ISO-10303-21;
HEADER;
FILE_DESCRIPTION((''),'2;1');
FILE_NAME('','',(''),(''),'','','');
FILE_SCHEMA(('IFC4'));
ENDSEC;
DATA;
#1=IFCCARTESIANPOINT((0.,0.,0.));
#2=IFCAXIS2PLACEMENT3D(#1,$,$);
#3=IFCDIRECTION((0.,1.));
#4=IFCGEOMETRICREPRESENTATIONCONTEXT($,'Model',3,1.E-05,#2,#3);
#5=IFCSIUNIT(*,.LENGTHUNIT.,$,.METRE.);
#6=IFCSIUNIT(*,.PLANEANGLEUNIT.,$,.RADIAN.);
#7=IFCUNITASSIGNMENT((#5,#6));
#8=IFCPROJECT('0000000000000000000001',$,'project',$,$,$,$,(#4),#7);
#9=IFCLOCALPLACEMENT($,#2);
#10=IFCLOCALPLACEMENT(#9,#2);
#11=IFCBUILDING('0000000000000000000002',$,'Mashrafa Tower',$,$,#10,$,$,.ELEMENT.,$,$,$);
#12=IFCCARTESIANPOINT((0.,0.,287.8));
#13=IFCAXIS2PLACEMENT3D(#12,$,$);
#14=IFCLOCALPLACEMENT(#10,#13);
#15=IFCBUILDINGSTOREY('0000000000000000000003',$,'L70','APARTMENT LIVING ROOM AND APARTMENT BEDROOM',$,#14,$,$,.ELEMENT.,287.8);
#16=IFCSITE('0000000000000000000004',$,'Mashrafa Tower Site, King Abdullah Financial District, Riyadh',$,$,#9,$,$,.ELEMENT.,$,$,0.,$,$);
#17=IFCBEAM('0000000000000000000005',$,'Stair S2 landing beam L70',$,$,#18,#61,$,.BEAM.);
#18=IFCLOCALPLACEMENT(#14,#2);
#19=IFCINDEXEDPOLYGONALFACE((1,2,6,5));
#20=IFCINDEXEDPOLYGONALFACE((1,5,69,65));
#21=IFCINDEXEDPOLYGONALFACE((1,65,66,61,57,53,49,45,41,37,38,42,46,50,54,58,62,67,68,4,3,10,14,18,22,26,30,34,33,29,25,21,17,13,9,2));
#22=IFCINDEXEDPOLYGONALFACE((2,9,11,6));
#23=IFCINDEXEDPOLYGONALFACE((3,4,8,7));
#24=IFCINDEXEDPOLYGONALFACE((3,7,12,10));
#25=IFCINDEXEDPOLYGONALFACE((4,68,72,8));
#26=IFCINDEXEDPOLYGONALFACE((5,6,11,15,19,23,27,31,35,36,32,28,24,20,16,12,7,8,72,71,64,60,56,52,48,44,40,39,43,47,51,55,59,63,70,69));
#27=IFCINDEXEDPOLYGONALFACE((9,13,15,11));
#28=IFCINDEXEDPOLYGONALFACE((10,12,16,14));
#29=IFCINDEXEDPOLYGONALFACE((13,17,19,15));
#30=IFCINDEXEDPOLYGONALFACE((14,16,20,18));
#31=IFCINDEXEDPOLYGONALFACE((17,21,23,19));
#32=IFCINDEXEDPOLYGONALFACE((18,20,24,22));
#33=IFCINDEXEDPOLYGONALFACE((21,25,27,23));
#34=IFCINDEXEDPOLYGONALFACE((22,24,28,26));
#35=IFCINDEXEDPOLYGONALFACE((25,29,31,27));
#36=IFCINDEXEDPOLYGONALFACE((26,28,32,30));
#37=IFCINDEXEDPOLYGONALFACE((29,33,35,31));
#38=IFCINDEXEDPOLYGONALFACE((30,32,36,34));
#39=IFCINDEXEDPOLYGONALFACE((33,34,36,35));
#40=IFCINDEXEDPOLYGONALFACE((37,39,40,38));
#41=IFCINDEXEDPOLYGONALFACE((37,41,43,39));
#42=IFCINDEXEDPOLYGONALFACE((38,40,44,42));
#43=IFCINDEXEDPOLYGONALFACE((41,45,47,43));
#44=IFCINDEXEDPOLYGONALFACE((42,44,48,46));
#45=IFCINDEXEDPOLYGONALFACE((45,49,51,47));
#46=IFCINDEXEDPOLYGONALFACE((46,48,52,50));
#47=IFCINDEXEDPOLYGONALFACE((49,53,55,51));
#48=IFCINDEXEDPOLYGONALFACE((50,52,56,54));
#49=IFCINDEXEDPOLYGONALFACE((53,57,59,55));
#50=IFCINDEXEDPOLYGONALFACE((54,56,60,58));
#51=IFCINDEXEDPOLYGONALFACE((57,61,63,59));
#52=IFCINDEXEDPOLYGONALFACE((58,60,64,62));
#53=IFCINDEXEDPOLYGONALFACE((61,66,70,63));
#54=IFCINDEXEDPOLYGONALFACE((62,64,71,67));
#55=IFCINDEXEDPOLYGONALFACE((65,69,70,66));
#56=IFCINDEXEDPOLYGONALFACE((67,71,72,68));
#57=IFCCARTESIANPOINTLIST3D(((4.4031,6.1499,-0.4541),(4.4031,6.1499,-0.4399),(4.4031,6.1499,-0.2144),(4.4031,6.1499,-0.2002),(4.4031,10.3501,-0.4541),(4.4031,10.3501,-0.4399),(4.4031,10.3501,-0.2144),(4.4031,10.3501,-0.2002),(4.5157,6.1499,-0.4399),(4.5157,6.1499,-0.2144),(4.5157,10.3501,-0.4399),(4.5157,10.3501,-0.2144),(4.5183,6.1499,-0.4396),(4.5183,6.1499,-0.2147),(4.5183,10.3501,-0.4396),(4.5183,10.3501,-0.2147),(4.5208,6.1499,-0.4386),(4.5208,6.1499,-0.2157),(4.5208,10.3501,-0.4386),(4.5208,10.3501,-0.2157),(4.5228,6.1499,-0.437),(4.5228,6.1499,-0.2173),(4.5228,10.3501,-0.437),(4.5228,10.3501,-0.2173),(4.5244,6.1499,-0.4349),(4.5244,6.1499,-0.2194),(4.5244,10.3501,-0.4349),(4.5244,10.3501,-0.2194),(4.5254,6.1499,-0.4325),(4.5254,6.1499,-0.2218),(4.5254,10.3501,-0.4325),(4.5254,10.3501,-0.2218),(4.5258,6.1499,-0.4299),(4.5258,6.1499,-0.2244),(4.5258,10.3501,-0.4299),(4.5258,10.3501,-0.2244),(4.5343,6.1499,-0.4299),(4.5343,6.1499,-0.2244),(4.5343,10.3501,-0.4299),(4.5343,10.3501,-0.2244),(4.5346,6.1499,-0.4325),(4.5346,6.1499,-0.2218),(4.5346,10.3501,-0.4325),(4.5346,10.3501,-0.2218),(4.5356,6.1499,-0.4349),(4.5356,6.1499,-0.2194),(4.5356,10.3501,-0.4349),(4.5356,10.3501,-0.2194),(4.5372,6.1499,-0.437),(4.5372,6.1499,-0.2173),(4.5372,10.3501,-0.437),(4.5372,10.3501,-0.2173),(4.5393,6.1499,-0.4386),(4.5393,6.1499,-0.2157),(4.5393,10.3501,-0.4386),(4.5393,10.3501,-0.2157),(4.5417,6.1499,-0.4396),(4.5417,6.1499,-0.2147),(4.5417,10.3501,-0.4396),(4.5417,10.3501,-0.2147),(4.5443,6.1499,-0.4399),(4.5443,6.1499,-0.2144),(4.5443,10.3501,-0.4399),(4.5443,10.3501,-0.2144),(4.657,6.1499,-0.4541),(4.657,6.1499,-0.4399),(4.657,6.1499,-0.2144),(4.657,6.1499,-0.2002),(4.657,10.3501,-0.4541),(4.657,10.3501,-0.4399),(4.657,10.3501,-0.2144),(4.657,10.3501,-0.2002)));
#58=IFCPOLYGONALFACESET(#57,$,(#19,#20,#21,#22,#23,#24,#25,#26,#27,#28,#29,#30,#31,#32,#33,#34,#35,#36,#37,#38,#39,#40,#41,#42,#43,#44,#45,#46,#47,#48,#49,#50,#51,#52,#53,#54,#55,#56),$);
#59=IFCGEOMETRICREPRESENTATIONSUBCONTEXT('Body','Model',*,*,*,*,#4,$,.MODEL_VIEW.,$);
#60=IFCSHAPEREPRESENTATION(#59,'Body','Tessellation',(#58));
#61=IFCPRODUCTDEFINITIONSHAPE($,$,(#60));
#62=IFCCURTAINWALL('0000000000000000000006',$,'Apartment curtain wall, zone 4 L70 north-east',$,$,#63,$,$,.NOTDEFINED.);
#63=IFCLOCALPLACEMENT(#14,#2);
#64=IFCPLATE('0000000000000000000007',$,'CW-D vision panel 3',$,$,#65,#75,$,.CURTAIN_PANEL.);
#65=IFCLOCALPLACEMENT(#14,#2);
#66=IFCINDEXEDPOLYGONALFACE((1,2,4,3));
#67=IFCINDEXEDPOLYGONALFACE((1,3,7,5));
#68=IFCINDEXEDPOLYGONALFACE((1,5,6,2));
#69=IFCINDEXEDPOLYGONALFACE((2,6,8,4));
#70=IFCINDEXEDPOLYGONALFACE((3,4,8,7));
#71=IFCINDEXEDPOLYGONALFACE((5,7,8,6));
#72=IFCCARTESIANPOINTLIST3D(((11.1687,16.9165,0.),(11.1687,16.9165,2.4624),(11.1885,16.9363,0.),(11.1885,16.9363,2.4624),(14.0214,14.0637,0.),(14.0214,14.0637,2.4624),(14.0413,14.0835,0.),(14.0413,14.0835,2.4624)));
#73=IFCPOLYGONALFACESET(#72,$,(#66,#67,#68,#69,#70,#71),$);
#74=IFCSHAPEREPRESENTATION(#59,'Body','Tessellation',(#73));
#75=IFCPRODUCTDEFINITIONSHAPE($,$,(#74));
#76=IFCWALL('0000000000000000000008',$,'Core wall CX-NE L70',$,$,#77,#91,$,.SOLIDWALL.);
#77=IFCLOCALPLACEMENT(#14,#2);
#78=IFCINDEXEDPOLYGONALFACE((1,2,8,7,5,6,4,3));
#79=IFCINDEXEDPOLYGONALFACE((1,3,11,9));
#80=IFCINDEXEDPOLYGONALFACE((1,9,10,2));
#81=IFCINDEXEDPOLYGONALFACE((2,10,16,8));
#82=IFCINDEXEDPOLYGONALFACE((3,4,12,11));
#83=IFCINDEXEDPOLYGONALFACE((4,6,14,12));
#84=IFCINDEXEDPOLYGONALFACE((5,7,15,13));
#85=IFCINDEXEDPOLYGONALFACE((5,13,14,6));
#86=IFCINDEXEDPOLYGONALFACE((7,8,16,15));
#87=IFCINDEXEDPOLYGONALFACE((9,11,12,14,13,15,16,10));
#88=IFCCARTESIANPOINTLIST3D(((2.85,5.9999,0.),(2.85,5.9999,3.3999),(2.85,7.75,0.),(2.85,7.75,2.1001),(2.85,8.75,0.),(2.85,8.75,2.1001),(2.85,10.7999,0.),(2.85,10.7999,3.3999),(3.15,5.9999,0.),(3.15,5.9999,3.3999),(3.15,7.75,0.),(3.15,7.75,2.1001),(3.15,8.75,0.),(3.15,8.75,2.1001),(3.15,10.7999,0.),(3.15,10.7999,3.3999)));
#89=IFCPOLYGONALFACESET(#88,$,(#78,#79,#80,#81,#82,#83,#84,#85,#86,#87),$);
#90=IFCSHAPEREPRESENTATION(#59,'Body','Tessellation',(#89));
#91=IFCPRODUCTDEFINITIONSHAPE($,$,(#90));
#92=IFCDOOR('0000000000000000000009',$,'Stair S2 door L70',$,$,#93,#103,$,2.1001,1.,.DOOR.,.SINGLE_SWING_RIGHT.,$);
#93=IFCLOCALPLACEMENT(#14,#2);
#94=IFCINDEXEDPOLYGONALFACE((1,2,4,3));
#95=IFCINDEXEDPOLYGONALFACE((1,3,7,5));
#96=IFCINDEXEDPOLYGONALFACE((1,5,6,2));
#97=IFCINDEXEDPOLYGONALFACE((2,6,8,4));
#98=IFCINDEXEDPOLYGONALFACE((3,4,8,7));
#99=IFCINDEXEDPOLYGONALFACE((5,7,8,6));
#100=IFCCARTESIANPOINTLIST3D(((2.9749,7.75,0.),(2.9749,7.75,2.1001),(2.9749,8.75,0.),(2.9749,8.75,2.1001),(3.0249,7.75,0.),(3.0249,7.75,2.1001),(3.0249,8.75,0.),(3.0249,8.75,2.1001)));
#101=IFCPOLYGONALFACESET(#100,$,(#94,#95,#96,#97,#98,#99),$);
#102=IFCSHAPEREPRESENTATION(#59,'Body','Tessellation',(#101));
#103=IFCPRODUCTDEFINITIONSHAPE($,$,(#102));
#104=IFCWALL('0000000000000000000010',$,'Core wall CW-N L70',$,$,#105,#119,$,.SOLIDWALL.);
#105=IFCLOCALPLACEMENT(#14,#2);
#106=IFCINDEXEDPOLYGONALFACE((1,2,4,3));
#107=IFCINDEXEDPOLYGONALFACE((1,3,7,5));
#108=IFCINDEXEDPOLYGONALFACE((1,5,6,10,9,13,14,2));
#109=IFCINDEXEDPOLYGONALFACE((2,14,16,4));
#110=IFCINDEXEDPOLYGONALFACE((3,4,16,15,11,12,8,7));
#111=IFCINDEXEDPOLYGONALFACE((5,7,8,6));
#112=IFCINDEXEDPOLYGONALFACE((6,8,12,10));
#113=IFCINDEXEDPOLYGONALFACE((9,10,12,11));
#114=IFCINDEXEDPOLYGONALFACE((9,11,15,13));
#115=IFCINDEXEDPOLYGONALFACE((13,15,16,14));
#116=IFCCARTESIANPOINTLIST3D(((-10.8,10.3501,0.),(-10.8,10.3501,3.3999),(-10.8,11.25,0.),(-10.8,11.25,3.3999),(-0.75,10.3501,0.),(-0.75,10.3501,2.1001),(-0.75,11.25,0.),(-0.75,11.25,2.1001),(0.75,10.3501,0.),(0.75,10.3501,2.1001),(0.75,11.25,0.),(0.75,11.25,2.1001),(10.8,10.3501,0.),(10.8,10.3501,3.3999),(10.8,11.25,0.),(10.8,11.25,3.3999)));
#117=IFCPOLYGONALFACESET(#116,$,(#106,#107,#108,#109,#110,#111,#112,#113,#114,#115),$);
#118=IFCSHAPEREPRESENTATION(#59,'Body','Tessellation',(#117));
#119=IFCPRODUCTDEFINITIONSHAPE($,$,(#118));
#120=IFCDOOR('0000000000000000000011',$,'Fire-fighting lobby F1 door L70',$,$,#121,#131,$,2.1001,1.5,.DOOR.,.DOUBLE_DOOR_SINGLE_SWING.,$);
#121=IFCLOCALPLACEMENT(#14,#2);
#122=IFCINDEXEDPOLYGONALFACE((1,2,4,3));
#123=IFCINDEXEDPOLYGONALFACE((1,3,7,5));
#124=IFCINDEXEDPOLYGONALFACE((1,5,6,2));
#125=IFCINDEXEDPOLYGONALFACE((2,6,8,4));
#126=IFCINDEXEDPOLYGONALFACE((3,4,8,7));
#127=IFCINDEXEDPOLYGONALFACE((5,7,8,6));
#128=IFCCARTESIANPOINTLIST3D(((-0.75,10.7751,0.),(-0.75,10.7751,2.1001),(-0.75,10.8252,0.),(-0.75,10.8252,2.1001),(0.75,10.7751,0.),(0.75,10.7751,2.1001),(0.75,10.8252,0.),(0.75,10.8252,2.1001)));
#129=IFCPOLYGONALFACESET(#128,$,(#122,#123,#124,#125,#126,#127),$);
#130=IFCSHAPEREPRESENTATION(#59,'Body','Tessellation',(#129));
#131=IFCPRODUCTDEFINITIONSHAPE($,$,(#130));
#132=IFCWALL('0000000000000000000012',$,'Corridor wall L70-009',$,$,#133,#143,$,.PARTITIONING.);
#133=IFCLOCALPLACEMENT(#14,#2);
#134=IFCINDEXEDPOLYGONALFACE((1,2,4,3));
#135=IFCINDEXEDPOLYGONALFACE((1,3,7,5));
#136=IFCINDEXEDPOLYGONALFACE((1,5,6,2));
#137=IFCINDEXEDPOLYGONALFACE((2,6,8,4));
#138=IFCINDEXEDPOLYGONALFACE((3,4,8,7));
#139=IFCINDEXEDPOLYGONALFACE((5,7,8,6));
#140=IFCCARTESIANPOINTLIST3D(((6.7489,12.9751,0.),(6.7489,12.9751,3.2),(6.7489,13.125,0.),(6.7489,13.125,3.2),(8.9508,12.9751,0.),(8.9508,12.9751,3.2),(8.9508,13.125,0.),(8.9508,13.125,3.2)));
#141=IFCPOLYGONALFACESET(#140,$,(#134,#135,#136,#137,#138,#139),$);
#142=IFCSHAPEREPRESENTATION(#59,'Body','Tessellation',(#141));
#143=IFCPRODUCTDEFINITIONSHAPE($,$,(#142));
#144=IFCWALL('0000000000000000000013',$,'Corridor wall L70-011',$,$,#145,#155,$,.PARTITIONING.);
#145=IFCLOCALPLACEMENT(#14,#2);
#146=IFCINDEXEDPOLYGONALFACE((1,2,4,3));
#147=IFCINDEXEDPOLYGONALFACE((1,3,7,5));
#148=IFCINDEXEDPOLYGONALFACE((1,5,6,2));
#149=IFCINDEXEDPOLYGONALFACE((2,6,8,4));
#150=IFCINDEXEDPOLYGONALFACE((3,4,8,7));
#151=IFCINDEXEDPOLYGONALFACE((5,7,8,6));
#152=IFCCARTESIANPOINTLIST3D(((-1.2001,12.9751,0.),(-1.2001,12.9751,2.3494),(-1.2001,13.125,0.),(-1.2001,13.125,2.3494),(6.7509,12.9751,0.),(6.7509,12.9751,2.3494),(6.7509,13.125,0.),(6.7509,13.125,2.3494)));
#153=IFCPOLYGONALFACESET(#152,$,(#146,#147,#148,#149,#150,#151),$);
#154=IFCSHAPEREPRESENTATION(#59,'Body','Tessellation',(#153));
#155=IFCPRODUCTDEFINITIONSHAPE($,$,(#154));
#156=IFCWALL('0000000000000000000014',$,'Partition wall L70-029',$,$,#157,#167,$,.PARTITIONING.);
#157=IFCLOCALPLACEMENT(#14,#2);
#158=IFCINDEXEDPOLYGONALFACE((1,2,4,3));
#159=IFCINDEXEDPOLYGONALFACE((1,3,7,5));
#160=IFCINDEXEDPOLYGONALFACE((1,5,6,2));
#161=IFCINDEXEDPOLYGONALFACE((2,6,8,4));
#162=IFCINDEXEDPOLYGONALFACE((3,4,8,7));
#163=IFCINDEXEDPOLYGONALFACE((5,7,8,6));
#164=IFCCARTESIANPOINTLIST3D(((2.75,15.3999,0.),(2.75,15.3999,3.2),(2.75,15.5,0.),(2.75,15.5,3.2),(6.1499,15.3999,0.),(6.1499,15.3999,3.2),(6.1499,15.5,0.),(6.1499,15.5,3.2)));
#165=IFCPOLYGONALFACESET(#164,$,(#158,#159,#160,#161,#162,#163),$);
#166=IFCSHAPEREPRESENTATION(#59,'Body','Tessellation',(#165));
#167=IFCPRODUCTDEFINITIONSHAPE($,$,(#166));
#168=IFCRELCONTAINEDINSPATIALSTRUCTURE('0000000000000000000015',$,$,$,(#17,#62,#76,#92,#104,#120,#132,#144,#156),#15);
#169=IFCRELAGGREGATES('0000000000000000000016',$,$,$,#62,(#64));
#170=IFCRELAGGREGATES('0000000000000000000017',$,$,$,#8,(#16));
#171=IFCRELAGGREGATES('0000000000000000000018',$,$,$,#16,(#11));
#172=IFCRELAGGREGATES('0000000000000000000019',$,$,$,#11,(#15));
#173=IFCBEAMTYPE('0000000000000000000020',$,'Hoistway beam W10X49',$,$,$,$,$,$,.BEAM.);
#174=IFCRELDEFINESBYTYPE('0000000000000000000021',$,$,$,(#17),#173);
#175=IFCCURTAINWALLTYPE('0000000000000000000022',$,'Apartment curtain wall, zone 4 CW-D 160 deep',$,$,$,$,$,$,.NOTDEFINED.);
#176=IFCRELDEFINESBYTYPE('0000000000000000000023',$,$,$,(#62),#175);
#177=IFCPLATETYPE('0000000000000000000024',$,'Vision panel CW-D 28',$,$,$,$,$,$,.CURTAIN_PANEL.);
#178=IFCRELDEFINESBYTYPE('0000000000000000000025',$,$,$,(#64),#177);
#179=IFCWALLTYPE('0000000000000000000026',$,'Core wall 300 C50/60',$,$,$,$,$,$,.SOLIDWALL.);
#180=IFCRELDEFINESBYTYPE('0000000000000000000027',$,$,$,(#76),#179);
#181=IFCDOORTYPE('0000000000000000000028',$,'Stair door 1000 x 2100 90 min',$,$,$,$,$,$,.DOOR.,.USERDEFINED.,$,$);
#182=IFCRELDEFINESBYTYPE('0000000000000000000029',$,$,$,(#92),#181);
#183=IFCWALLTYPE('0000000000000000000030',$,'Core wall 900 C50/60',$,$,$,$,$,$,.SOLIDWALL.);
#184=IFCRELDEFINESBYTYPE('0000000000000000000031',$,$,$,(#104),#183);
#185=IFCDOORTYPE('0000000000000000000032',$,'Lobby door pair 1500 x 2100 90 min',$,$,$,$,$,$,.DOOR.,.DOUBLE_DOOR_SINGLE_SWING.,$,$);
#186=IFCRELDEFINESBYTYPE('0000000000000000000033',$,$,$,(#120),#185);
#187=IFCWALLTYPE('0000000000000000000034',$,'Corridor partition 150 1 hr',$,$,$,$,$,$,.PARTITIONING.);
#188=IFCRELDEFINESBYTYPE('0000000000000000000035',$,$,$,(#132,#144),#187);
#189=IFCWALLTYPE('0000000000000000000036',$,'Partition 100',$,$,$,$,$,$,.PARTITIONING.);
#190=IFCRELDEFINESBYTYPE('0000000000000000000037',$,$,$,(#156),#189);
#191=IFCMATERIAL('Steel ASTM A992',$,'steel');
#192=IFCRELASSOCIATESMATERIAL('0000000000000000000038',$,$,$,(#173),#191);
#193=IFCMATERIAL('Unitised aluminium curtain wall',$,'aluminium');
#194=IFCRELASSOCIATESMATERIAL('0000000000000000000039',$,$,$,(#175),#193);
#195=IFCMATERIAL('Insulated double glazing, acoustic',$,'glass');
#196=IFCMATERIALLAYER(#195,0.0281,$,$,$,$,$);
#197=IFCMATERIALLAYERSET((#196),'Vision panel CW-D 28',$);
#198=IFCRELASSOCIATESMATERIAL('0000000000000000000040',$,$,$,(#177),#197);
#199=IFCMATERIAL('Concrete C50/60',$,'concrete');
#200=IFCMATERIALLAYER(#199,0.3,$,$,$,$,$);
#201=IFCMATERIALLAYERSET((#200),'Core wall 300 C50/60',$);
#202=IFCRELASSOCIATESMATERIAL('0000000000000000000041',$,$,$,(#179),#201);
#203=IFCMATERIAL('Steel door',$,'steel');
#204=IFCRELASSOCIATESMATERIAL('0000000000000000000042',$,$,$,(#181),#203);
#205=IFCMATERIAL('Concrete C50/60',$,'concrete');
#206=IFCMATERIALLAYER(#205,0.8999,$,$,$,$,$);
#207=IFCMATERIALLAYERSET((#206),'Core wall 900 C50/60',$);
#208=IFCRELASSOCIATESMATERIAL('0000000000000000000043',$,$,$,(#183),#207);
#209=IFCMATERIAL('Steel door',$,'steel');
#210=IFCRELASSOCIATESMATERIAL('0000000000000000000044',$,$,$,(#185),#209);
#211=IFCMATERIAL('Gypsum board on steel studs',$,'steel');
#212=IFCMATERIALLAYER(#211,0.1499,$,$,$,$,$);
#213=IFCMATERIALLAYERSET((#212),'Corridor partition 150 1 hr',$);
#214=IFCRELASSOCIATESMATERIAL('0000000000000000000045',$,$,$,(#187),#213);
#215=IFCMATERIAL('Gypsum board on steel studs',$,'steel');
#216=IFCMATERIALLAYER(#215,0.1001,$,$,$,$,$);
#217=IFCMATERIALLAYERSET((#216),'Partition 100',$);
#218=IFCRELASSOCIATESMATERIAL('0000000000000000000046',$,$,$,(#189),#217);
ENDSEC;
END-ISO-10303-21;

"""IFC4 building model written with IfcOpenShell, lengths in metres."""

from ifc_helpers import new_model, si_unit, direction, frame, frame_2d, origin, origin_2d, place, context, subcontext, project, spatial, rectangle, i_section, extrude, source, transform, mapped, material, layer, layer_set, material_profile, profile_set, type_object, type_shapes, element, fill, aggregate, save


model = new_model("IFC4")

# Units and contexts
model_context = context("Model", 3, precision=1e-05, world=origin(), true_north=direction((0.0, 1.0)))
body_context = subcontext(model_context, "Body", "Model", "MODEL_VIEW")
ifc_project = project(units=[si_unit("LENGTHUNIT", "METRE"), si_unit("PLANEANGLEUNIT", "RADIAN")], contexts=[model_context])

# Site, building, storey
site_placement = place(None, origin())
site = spatial("IfcSite", under=ifc_project, at=site_placement, Name="Mashrafa Tower Site, King Abdullah Financial District, Riyadh", CompositionType="ELEMENT", RefElevation=0.0)
building_placement = place(site_placement, origin())
building = spatial("IfcBuilding", under=site, at=building_placement, Name="Mashrafa Tower", CompositionType="ELEMENT")
storey_placement = place(building_placement, frame((0.0, 0.0, 287.8)))
storey = spatial("IfcBuildingStorey", under=building, at=storey_placement, Name="L70", Description="APARTMENT LIVING ROOM AND APARTMENT BEDROOM", CompositionType="ELEMENT", Elevation=287.8)

# Beam
ifc_material_1 = material(Name="Steel ASTM A992", Category="steel")
ifc_material_profile_1 = material_profile(ifc_material_1, i_section(OverallWidth=0.2539, OverallDepth=0.2539, WebThickness=0.0085, FlangeThickness=0.0142, FilletRadius=0.01, at=origin_2d()), Name="W10X49")
ifc_profile_set_1 = profile_set([ifc_material_profile_1], Name="Steel ASTM A992")
beam_type_1 = type_object("IfcBeamType", Name="Hoistway beam W10X49", PredefinedType="BEAM", material=ifc_profile_set_1)
beam_1_placement = place(storey_placement, frame((4.53, 6.1499, -0.3271), z_axis=(0.0, 1.0, 0.0), x_axis=(-1.0, 0.0, 0.0)))
element("IfcBeam", 1, at=beam_1_placement, inside=storey, type_object=beam_type_1, Name="Stair S2 landing beam L70", PredefinedType="BEAM", context=body_context, shape_type="SweptSolid", body=[
    extrude(i_section(OverallWidth=0.2539, OverallDepth=0.2539, WebThickness=0.0085, FlangeThickness=0.0142, FilletRadius=0.01, at=origin_2d()), origin(), (0.0, 0.0, 1.0), 4.2002),
])

# Curtain wall, plate
ifc_material_2 = material(Name="Unitised aluminium curtain wall", Category="aluminium")
curtain_wall_type = type_object("IfcCurtainWallType", Name="Apartment curtain wall, zone 4 CW-D 160 deep", PredefinedType="NOTDEFINED", material=ifc_material_2)
curtain_wall_placement = place(storey_placement, origin())
curtain_wall = element("IfcCurtainWall", 2, at=curtain_wall_placement, inside=storey, type_object=curtain_wall_type, Name="Apartment curtain wall, zone 4 L70 north-east", PredefinedType="NOTDEFINED")
ifc_material_3 = material(Name="Insulated double glazing, acoustic", Category="glass")
ifc_layer_1 = layer(ifc_material_3, 0.0281)
ifc_layer_set_1 = layer_set([ifc_layer_1], Name="Vision panel CW-D 28")
plate_type = type_object("IfcPlateType", Name="Vision panel CW-D 28", PredefinedType="CURTAIN_PANEL", material=ifc_layer_set_1)
shared_shape = source(origin(), body_context, "Body", "SweptSolid", [
    extrude(rectangle(XDim=4.0344, YDim=0.0281, at=origin_2d()), origin(), (0.0, 0.0, 1.0), 2.4624),
])
type_shapes(plate_type, [shared_shape])
plate_placement = place(storey_placement, frame((12.605, 15.5, 0.0), z_axis=(0.0, 0.0, 1.0), x_axis=(-0.707107, 0.707107, 0.0)))
plate = element("IfcPlate", 3, at=plate_placement, type_object=plate_type, Name="CW-D vision panel 3", PredefinedType="CURTAIN_PANEL", context=body_context, shape_type="MappedRepresentation", body=[
    mapped(shared_shape, transform((0.0, 0.0, 0.0))),
])
aggregate(curtain_wall, [plate])

# Walls, openings, doors
ifc_material_4 = material(Name="Concrete C50/60", Category="concrete")
ifc_layer_2 = layer(ifc_material_4, 0.3)
ifc_layer_set_2 = layer_set([ifc_layer_2], Name="Core wall 300 C50/60")
wall_type_1 = type_object("IfcWallType", Name="Core wall 300 C50/60", PredefinedType="SOLIDWALL", material=ifc_layer_set_2)
wall_1_placement = place(storey_placement, frame((3.0, 6.0, 0.0), z_axis=(0.0, 0.0, 1.0), x_axis=(0.0, 1.0, 0.0)))
wall_1 = element("IfcWall", 4, at=wall_1_placement, inside=storey, type_object=wall_type_1, Name="Core wall CX-NE L70", PredefinedType="SOLIDWALL", context=body_context, shape_type="SweptSolid", body=[
    extrude(rectangle(XDim=4.8, YDim=0.3, at=frame_2d((2.3999, 0.0))), origin(), (0.0, 0.0, 1.0), 3.3999),
])
opening_1_placement = place(wall_1_placement, frame((1.75, 0.0, 0.0)))
opening_1 = element("IfcOpeningElement", 5, at=opening_1_placement, cuts=wall_1, PredefinedType="OPENING", context=body_context, shape_type="SweptSolid", body=[
    extrude(rectangle(XDim=1.0, YDim=2.1001, at=frame_2d((0.5, 1.05))), frame((0.0, 0.1599, 0.0), z_axis=(0.0, -1.0, 0.0), x_axis=(1.0, 0.0, 0.0)), (0.0, 0.0, 1.0), 0.3201),
])
ifc_material_5 = material(Name="Steel door", Category="steel")
door_type_1 = type_object("IfcDoorType", Name="Stair door 1000 x 2100 90 min", OperationType="USERDEFINED", PredefinedType="DOOR", material=ifc_material_5)
door_1_placement = place(opening_1_placement, frame((1.0, 0.0, 0.0), z_axis=(0.0, 0.0, 1.0), x_axis=(-1.0, 0.0, 0.0)))
door_1 = element("IfcDoor", 6, at=door_1_placement, inside=storey, type_object=door_type_1, Name="Stair S2 door L70", OperationType="SINGLE_SWING_RIGHT", OverallHeight=2.1001, OverallWidth=1.0, PredefinedType="DOOR", context=body_context, shape_type="SweptSolid", body=[
    extrude(rectangle(XDim=1.0, YDim=2.1001, at=frame_2d((0.5, 1.05))), frame((0.0, 0.0249, 0.0), z_axis=(0.0, -1.0, 0.0), x_axis=(1.0, 0.0, 0.0)), (0.0, 0.0, 1.0), 0.05),
])
fill(opening_1, door_1)
ifc_material_6 = material(Name="Concrete C50/60", Category="concrete")
ifc_layer_3 = layer(ifc_material_6, 0.8999)
ifc_layer_set_3 = layer_set([ifc_layer_3], Name="Core wall 900 C50/60")
wall_type_2 = type_object("IfcWallType", Name="Core wall 900 C50/60", PredefinedType="SOLIDWALL", material=ifc_layer_set_3)
wall_2_placement = place(storey_placement, frame((10.8, 10.8, 0.0), z_axis=(0.0, 0.0, 1.0), x_axis=(-1.0, 0.0, 0.0)))
wall_2 = element("IfcWall", 7, at=wall_2_placement, inside=storey, type_object=wall_type_2, Name="Core wall CW-N L70", PredefinedType="SOLIDWALL", context=body_context, shape_type="SweptSolid", body=[
    extrude(rectangle(XDim=21.6001, YDim=0.8999, at=frame_2d((10.8, 0.0))), origin(), (0.0, 0.0, 1.0), 3.3999),
])
opening_2_placement = place(wall_2_placement, frame((10.05, 0.0, 0.0)))
opening_2 = element("IfcOpeningElement", 8, at=opening_2_placement, cuts=wall_2, PredefinedType="OPENING", context=body_context, shape_type="SweptSolid", body=[
    extrude(rectangle(XDim=1.5, YDim=2.1001, at=frame_2d((0.75, 1.05))), frame((0.0, 0.46, 0.0), z_axis=(0.0, -1.0, 0.0), x_axis=(1.0, 0.0, 0.0)), (0.0, 0.0, 1.0), 0.9199),
])
ifc_material_7 = material(Name="Steel door", Category="steel")
door_type_2 = type_object("IfcDoorType", Name="Lobby door pair 1500 x 2100 90 min", OperationType="DOUBLE_DOOR_SINGLE_SWING", PredefinedType="DOOR", material=ifc_material_7)
door_2_placement = place(opening_2_placement, origin())
door_2 = element("IfcDoor", 9, at=door_2_placement, inside=storey, type_object=door_type_2, Name="Fire-fighting lobby F1 door L70", OperationType="DOUBLE_DOOR_SINGLE_SWING", OverallHeight=2.1001, OverallWidth=1.5, PredefinedType="DOOR", context=body_context, shape_type="SweptSolid", body=[
    extrude(rectangle(XDim=1.5, YDim=2.1001, at=frame_2d((0.75, 1.05))), frame((0.0, 0.0249, 0.0), z_axis=(0.0, -1.0, 0.0), x_axis=(1.0, 0.0, 0.0)), (0.0, 0.0, 1.0), 0.05),
])
fill(opening_2, door_2)

# Walls
ifc_material_8 = material(Name="Gypsum board on steel studs", Category="steel")
ifc_layer_4 = layer(ifc_material_8, 0.1499)
ifc_layer_set_4 = layer_set([ifc_layer_4], Name="Corridor partition 150 1 hr")
wall_type_3 = type_object("IfcWallType", Name="Corridor partition 150 1 hr", PredefinedType="PARTITIONING", material=ifc_layer_set_4)
wall_3_placement = place(storey_placement, frame((8.9509, 13.05, 0.0), z_axis=(0.0, 0.0, 1.0), x_axis=(-1.0, 0.0, 0.0)))
element("IfcWall", 10, at=wall_3_placement, inside=storey, type_object=wall_type_3, Name="Corridor wall L70-009", PredefinedType="PARTITIONING", context=body_context, shape_type="SweptSolid", body=[
    extrude(rectangle(XDim=2.2019, YDim=0.1499, at=frame_2d((1.1011, 0.0))), origin(), (0.0, 0.0, 1.0), 3.2),
])
wall_4_placement = place(storey_placement, frame((6.751, 13.05, 0.0), z_axis=(0.0, 0.0, 1.0), x_axis=(-1.0, 0.0, 0.0)))
element("IfcWall", 11, at=wall_4_placement, inside=storey, type_object=wall_type_3, Name="Corridor wall L70-011", PredefinedType="PARTITIONING", context=body_context, shape_type="SweptSolid", body=[
    extrude(rectangle(XDim=7.9509, YDim=0.1499, at=frame_2d((3.9756, 0.0))), origin(), (0.0, 0.0, 1.0), 2.3494),
])
ifc_material_9 = material(Name="Gypsum board on steel studs", Category="steel")
ifc_layer_5 = layer(ifc_material_9, 0.1001)
ifc_layer_set_5 = layer_set([ifc_layer_5], Name="Partition 100")
wall_type_4 = type_object("IfcWallType", Name="Partition 100", PredefinedType="PARTITIONING", material=ifc_layer_set_5)
wall_5_placement = place(storey_placement, frame((2.75, 15.45, 0.0), z_axis=(0.0, 0.0, 1.0), x_axis=(1.0, 0.0, 0.0)))
element("IfcWall", 12, at=wall_5_placement, inside=storey, type_object=wall_type_4, Name="Partition wall L70-029", PredefinedType="PARTITIONING", context=body_context, shape_type="SweptSolid", body=[
    extrude(rectangle(XDim=3.3999, YDim=0.1001, at=frame_2d((1.7, 0.0))), origin(), (0.0, 0.0, 1.0), 3.2),
])

save(model, "model.ifc")
